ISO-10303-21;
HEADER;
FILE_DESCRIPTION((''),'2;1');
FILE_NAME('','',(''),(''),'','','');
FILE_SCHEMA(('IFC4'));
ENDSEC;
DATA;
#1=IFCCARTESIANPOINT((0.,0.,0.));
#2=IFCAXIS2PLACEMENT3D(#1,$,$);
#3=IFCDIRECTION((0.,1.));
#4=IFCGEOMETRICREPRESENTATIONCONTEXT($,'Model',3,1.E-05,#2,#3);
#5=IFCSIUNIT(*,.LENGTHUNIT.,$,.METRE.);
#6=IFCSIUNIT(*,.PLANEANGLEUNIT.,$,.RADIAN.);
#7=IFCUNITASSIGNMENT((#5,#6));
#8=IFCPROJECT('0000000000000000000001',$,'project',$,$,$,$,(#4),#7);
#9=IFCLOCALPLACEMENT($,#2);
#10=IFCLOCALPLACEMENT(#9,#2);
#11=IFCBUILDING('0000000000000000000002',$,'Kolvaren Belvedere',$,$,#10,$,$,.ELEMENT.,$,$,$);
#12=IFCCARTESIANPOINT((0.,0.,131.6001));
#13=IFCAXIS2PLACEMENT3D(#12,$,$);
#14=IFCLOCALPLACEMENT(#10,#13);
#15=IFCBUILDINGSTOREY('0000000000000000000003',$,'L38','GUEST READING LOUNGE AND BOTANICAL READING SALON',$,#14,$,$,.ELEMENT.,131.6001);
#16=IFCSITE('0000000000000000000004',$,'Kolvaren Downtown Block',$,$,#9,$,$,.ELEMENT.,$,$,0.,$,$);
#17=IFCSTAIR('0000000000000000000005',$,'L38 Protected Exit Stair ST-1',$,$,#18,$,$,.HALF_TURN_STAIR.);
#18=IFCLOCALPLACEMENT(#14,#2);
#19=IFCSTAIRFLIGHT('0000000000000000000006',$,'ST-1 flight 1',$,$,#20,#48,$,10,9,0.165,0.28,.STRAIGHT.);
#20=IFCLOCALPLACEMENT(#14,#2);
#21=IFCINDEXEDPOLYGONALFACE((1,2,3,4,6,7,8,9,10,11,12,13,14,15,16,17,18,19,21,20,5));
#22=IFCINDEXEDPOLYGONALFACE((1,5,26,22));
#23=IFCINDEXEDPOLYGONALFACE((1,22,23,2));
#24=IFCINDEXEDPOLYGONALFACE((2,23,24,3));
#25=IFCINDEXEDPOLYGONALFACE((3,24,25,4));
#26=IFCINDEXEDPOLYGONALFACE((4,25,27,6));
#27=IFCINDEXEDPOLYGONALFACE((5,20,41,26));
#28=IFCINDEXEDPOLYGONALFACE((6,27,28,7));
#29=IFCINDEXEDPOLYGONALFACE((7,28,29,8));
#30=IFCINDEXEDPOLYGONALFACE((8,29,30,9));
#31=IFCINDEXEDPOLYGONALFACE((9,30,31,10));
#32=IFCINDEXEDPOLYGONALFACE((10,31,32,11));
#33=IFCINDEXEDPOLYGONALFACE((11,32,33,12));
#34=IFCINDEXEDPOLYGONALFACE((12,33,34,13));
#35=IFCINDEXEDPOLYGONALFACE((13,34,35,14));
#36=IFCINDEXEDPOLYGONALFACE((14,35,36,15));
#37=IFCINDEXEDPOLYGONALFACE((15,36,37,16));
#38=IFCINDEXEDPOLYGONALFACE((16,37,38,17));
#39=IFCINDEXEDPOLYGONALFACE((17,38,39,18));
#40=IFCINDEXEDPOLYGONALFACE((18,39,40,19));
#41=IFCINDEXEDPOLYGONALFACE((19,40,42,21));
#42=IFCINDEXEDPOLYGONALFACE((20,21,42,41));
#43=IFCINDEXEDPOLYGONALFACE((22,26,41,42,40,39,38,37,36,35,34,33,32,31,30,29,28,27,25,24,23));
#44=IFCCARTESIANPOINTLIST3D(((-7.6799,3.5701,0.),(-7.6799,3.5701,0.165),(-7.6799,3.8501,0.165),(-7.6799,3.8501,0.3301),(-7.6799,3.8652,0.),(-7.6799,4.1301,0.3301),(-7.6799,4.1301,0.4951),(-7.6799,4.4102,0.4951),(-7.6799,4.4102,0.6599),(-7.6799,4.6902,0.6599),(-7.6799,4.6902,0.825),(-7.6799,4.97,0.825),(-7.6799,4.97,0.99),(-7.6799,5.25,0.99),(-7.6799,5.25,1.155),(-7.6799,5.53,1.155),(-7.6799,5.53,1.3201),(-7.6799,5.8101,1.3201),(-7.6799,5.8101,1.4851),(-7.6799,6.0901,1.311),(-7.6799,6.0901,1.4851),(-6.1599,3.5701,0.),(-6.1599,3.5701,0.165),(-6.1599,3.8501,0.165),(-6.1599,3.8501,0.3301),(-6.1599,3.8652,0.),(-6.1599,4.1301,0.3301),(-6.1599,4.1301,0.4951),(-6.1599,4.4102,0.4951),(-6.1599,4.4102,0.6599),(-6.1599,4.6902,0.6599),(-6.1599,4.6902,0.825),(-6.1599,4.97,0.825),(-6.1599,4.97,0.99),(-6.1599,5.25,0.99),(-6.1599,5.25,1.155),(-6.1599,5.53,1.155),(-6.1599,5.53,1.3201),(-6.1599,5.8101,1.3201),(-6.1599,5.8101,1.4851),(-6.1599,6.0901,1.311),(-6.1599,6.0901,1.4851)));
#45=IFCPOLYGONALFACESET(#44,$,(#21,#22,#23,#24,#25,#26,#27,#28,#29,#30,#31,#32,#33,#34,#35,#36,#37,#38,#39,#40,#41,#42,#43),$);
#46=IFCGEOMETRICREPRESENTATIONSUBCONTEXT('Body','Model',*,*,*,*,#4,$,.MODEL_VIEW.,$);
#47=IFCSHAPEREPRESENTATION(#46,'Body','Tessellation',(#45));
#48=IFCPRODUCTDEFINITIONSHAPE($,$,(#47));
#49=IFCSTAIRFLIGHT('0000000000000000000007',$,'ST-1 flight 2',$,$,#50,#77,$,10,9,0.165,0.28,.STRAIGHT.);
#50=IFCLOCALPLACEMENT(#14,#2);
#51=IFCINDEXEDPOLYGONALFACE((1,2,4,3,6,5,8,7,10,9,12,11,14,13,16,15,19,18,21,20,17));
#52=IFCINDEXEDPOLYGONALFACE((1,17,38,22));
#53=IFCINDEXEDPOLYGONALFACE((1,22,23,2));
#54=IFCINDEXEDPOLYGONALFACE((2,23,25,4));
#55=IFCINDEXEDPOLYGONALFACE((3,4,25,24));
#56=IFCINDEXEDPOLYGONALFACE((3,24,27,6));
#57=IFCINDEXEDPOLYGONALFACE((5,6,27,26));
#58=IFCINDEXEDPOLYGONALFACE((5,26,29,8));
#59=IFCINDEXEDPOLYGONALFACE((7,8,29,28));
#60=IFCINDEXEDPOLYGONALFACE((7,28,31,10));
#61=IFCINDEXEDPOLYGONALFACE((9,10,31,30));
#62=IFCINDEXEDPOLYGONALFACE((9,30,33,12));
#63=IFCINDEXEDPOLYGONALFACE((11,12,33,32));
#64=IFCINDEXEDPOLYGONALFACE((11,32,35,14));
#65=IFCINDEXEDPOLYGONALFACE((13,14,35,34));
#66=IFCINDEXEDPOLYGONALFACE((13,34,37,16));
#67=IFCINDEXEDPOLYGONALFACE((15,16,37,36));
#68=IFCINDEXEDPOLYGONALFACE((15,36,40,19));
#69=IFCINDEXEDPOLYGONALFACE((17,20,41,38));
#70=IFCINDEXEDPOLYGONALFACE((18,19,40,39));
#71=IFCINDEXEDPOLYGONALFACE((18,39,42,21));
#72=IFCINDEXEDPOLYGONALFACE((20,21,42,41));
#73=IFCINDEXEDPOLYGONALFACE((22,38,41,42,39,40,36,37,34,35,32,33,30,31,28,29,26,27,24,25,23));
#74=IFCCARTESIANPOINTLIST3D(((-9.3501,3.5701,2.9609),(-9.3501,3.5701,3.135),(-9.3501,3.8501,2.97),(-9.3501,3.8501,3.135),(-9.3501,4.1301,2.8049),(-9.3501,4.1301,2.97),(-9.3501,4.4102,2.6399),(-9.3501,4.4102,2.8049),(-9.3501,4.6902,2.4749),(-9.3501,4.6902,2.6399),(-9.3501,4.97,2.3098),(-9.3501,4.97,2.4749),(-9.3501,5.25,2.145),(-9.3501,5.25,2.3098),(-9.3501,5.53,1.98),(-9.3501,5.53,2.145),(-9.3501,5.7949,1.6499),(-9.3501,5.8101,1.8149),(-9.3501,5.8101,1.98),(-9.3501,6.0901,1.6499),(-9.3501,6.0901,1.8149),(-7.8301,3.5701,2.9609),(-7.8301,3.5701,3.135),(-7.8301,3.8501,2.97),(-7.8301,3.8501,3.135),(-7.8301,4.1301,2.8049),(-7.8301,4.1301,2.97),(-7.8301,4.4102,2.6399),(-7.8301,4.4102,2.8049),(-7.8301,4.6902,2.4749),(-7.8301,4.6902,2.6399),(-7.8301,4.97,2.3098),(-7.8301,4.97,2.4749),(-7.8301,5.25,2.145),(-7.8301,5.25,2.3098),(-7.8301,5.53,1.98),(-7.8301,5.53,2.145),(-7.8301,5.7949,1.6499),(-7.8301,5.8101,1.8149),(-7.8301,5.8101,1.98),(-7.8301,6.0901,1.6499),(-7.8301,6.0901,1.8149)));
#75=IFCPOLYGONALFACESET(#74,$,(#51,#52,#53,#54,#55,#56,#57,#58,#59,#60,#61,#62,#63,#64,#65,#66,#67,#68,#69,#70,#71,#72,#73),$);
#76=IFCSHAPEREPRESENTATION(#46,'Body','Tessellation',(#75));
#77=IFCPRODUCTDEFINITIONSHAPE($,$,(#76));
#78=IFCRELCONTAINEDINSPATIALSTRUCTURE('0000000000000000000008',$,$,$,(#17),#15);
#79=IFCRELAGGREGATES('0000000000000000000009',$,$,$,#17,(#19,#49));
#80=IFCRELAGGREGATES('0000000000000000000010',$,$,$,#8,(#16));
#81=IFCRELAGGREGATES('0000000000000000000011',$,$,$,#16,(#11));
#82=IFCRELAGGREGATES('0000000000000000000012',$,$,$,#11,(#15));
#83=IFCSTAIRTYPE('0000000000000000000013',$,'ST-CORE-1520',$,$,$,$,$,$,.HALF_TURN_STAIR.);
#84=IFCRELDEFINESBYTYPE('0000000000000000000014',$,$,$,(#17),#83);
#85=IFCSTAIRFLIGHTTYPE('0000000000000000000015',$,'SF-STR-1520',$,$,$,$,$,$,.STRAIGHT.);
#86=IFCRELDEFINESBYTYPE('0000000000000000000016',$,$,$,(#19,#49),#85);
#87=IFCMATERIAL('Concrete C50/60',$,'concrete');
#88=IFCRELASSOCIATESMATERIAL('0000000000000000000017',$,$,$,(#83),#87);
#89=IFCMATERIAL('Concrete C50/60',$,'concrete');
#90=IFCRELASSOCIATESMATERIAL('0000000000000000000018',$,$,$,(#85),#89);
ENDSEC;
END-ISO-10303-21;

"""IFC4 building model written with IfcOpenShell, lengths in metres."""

from ifc_helpers import new_model, si_unit, direction, frame, origin, place, context, subcontext, project, spatial, polyline, outline, extrude, material, type_object, element, aggregate, save


model = new_model("IFC4")

# Units and contexts
model_context = context("Model", 3, precision=1e-05, world=origin(), true_north=direction((0.0, 1.0)))
body_context = subcontext(model_context, "Body", "Model", "MODEL_VIEW")
ifc_project = project(units=[si_unit("LENGTHUNIT", "METRE"), si_unit("PLANEANGLEUNIT", "RADIAN")], contexts=[model_context])

# Site, building, storey
site_placement = place(None, origin())
site = spatial("IfcSite", under=ifc_project, at=site_placement, Name="Kolvaren Downtown Block", CompositionType="ELEMENT", RefElevation=0.0)
building_placement = place(site_placement, origin())
building = spatial("IfcBuilding", under=site, at=building_placement, Name="Kolvaren Belvedere", CompositionType="ELEMENT")
storey_placement = place(building_placement, frame((0.0, 0.0, 131.6001)))
storey = spatial("IfcBuildingStorey", under=building, at=storey_placement, Name="L38", Description="GUEST READING LOUNGE AND BOTANICAL READING SALON", CompositionType="ELEMENT", Elevation=131.6001)

# Stair
ifc_material_1 = material(Name="Concrete C50/60", Category="concrete")
stair_type = type_object("IfcStairType", Name="ST-CORE-1520", PredefinedType="HALF_TURN_STAIR", material=ifc_material_1)
stair_1_placement = place(storey_placement, origin())
stair_1 = element("IfcStair", 1, at=stair_1_placement, inside=storey, type_object=stair_type, Name="L38 Protected Exit Stair ST-1", PredefinedType="HALF_TURN_STAIR")

# Stair flights
ifc_material_2 = material(Name="Concrete C50/60", Category="concrete")
stair_flight_type = type_object("IfcStairFlightType", Name="SF-STR-1520", PredefinedType="STRAIGHT", material=ifc_material_2)
stair_flight_1_placement = place(storey_placement, frame((-6.9199, 3.5701, 0.0), z_axis=(0.0, 0.0, 1.0), x_axis=(0.0, 1.0, 0.0)))
stair_flight_1 = element("IfcStairFlight", 2, at=stair_flight_1_placement, type_object=stair_flight_type, Name="ST-1 flight 1", NumberOfRisers=10, NumberOfTreads=9, PredefinedType="STRAIGHT", RiserHeight=0.165, TreadLength=0.28, context=body_context, shape_type="SweptSolid", body=[
    extrude(outline(polyline([(0.0, 0.0), (0.0, 0.165), (0.28, 0.165), (0.28, 0.3301), (0.5601, 0.3301), (0.5601, 0.4951), (0.8401, 0.4951), (0.8401, 0.6599), (1.1201, 0.6599), (1.1201, 0.825), (1.3999, 0.825), (1.3999, 0.99), (1.6799, 0.99), (1.6799, 1.155), (1.96, 1.155), (1.96, 1.3201), (2.24, 1.3201), (2.24, 1.4851), (2.52, 1.4851), (2.52, 1.6499), (2.52, 1.311), (0.2952, 0.0), (0.0, 0.0)])), frame((0.0, 0.76, 0.0), z_axis=(0.0, -1.0, 0.0), x_axis=(1.0, 0.0, 0.0)), (0.0, 0.0, 1.0), 1.52),
])
stair_flight_2_placement = place(storey_placement, frame((-8.5901, 6.0901, 1.6499), z_axis=(0.0, 0.0, 1.0), x_axis=(0.0, -1.0, 0.0)))
stair_flight_2 = element("IfcStairFlight", 3, at=stair_flight_2_placement, type_object=stair_flight_type, Name="ST-1 flight 2", NumberOfRisers=10, NumberOfTreads=9, PredefinedType="STRAIGHT", RiserHeight=0.165, TreadLength=0.28, context=body_context, shape_type="SweptSolid", body=[
    extrude(outline(polyline([(0.0, 0.0), (0.0, 0.165), (0.28, 0.165), (0.28, 0.3301), (0.5601, 0.3301), (0.5601, 0.4951), (0.8401, 0.4951), (0.8401, 0.6599), (1.1201, 0.6599), (1.1201, 0.825), (1.3999, 0.825), (1.3999, 0.99), (1.6799, 0.99), (1.6799, 1.155), (1.96, 1.155), (1.96, 1.3201), (2.24, 1.3201), (2.24, 1.4851), (2.52, 1.4851), (2.52, 1.6499), (2.52, 1.311), (0.2952, 0.0), (0.0, 0.0)])), frame((0.0, 0.76, 0.0), z_axis=(0.0, -1.0, 0.0), x_axis=(1.0, 0.0, 0.0)), (0.0, 0.0, 1.0), 1.52),
])
aggregate(stair_1, [stair_flight_1, stair_flight_2])

save(model, "model.ifc")
